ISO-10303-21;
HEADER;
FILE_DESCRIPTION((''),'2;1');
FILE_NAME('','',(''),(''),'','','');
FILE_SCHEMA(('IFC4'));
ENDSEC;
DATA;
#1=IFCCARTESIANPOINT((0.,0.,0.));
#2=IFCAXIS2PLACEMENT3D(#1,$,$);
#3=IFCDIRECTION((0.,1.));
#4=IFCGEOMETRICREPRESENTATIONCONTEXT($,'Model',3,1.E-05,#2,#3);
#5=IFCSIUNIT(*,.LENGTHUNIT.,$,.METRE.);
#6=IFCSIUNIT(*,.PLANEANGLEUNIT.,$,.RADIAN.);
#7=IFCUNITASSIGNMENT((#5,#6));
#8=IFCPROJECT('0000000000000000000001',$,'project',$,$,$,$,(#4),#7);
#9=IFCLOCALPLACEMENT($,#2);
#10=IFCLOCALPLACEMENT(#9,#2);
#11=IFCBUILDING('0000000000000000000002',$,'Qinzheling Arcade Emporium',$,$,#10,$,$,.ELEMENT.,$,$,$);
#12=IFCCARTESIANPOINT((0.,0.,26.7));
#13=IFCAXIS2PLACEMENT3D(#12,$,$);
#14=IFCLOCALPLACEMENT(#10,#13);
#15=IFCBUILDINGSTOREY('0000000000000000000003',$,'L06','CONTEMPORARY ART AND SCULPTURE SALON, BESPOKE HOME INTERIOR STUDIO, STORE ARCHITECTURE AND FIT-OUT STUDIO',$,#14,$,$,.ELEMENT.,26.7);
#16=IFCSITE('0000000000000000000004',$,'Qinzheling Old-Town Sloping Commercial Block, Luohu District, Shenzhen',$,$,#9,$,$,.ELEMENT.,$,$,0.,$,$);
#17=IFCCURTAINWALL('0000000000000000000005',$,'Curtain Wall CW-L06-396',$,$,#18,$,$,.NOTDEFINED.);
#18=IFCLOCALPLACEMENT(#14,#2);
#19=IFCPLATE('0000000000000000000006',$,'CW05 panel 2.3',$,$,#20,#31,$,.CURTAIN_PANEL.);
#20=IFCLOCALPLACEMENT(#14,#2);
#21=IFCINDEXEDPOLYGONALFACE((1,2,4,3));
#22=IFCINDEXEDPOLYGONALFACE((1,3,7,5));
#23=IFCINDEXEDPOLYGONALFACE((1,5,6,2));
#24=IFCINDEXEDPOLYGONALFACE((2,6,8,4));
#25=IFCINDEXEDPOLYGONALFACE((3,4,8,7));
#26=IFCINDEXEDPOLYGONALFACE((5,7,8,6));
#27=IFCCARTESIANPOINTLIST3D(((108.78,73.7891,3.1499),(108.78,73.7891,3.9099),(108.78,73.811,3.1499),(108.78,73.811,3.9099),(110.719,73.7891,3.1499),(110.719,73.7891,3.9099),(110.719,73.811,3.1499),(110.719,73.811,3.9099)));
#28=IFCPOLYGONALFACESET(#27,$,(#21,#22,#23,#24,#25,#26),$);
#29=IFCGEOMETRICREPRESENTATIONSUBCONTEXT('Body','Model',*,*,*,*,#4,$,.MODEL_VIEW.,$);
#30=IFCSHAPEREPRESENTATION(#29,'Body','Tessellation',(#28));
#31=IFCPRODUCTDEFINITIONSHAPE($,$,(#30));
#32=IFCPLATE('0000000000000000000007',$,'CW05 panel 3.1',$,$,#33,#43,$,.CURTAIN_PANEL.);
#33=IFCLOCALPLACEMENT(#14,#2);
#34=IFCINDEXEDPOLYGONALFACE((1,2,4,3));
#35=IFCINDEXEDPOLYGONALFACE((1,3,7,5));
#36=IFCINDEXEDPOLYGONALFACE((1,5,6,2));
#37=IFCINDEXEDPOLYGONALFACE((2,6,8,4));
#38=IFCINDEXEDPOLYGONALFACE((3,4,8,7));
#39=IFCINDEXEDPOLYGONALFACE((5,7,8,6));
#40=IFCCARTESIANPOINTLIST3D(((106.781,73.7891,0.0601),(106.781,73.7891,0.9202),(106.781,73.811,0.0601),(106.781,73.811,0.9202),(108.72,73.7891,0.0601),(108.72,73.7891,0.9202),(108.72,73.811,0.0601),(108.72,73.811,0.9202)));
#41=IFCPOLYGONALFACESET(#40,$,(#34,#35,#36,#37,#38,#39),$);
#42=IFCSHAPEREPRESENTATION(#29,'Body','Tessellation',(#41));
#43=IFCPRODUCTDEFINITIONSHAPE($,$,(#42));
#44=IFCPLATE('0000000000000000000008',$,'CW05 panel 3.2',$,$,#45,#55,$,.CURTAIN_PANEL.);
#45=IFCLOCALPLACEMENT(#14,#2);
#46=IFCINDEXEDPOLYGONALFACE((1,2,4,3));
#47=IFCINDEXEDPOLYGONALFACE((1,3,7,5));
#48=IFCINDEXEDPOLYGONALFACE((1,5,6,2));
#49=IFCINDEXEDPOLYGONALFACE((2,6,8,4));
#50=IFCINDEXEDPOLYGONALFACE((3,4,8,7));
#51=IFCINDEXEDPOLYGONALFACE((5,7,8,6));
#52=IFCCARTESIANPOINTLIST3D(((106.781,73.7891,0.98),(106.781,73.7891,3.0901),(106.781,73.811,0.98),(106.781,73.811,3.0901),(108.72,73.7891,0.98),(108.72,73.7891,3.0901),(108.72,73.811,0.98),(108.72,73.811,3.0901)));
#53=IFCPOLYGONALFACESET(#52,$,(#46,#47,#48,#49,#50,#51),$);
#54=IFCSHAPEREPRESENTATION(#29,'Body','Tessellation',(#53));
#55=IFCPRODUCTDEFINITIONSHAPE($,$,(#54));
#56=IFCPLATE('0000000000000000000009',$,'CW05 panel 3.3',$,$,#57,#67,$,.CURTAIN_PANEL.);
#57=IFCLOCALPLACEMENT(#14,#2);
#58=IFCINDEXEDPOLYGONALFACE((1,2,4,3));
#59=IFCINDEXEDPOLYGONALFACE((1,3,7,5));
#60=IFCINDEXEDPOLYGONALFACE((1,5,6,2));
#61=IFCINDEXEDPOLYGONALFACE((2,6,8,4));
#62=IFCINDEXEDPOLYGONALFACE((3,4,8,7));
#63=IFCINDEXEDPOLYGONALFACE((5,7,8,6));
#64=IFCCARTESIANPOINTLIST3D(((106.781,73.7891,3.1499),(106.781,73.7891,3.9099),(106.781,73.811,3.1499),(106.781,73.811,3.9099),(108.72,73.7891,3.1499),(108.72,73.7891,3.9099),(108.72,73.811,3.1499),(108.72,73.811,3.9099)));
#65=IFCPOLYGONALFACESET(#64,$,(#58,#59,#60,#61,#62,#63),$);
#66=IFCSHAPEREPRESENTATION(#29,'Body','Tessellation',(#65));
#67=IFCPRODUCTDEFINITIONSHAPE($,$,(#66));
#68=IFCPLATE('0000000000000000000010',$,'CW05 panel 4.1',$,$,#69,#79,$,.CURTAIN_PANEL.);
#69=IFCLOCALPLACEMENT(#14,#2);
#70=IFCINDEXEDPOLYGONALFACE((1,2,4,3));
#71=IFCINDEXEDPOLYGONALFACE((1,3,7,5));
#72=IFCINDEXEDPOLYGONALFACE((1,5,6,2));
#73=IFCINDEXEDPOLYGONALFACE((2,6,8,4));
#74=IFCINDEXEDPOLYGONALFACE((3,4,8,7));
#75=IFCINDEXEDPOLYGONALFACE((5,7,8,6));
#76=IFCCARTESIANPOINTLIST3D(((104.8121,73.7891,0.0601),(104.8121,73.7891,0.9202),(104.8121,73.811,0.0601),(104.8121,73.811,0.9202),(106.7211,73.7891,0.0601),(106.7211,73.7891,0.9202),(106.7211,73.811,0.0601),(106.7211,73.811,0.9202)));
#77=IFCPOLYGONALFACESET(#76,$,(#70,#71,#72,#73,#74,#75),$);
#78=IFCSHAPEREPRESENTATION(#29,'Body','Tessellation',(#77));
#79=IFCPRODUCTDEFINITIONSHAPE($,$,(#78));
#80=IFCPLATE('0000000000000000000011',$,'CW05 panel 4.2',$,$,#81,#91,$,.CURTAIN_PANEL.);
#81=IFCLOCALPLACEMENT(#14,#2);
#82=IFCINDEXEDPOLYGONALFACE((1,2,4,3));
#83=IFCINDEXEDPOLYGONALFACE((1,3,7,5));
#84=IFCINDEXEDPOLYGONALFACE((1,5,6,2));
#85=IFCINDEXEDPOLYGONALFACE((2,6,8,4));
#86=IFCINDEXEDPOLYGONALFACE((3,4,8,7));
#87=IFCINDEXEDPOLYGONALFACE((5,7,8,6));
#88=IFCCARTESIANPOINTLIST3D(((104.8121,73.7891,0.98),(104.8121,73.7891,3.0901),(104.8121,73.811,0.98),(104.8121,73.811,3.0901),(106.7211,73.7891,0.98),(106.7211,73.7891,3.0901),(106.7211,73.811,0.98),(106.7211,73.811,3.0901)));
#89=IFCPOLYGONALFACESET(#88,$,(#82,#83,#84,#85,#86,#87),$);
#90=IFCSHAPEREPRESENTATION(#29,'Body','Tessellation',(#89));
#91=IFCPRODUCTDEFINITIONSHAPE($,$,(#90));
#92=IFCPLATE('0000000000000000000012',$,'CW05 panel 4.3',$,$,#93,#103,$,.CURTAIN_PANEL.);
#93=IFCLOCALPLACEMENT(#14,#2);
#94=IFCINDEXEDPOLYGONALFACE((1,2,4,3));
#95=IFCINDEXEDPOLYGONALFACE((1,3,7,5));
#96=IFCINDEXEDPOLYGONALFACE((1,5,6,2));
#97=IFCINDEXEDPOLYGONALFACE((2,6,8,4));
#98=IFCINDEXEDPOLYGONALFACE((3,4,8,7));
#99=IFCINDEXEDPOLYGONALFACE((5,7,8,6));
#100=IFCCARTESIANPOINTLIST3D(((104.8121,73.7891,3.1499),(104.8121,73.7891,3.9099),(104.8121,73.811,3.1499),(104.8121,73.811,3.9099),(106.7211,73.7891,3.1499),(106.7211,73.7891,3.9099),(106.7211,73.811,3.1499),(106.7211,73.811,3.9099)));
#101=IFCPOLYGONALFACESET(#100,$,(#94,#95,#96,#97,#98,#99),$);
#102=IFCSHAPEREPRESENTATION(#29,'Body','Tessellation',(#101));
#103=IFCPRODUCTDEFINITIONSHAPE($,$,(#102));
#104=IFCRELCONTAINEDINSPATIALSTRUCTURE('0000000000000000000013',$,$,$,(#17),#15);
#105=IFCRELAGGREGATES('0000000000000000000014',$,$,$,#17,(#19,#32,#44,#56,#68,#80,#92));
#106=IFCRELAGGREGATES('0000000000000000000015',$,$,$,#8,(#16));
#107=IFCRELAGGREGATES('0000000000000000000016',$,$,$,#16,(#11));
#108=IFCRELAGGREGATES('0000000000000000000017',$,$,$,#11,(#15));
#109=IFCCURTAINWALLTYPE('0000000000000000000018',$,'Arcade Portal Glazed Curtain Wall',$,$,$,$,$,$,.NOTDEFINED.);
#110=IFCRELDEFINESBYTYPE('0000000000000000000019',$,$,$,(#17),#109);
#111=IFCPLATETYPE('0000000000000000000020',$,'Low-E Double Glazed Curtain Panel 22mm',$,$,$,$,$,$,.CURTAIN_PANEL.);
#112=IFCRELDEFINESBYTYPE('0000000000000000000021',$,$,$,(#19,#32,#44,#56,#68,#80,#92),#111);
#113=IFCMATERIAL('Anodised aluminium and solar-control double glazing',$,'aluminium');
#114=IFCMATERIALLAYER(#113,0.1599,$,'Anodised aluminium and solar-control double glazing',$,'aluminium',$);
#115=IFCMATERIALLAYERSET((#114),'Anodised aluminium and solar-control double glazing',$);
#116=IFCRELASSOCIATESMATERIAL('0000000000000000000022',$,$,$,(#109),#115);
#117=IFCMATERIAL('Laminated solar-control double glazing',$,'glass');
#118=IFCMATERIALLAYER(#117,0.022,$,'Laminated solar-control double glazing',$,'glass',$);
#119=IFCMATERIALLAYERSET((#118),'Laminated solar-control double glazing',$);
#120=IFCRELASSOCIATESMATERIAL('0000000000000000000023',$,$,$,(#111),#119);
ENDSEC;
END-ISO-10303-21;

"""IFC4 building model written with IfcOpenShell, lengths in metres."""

from ifc_helpers import new_model, si_unit, direction, frame, origin, origin_2d, place, context, subcontext, project, spatial, rectangle, extrude, material, layer, layer_set, type_object, element, aggregate, save


model = new_model("IFC4")

# Units and contexts
model_context = context("Model", 3, precision=1e-05, world=origin(), true_north=direction((0.0, 1.0)))
body_context = subcontext(model_context, "Body", "Model", "MODEL_VIEW")
ifc_project = project(units=[si_unit("LENGTHUNIT", "METRE"), si_unit("PLANEANGLEUNIT", "RADIAN")], contexts=[model_context])

# Site, building, storey
site_placement = place(None, origin())
site = spatial("IfcSite", under=ifc_project, at=site_placement, Name="Qinzheling Old-Town Sloping Commercial Block, Luohu District, Shenzhen", CompositionType="ELEMENT", RefElevation=0.0)
building_placement = place(site_placement, origin())
building = spatial("IfcBuilding", under=site, at=building_placement, Name="Qinzheling Arcade Emporium", CompositionType="ELEMENT")
storey_placement = place(building_placement, frame((0.0, 0.0, 26.7)))
storey = spatial("IfcBuildingStorey", under=building, at=storey_placement, Name="L06", Description="CONTEMPORARY ART AND SCULPTURE SALON, BESPOKE HOME INTERIOR STUDIO, STORE ARCHITECTURE AND FIT-OUT STUDIO", CompositionType="ELEMENT", Elevation=26.7)

# Curtain wall, plates
ifc_material_1 = material(Name="Anodised aluminium and solar-control double glazing", Category="aluminium")
ifc_layer_1 = layer(ifc_material_1, 0.1599, Name="Anodised aluminium and solar-control double glazing", Category="aluminium")
ifc_layer_set_1 = layer_set([ifc_layer_1], Name="Anodised aluminium and solar-control double glazing")
curtain_wall_type = type_object("IfcCurtainWallType", Name="Arcade Portal Glazed Curtain Wall", PredefinedType="NOTDEFINED", material=ifc_layer_set_1)
curtain_wall_placement = place(storey_placement, origin())
curtain_wall = element("IfcCurtainWall", 1, at=curtain_wall_placement, inside=storey, type_object=curtain_wall_type, Name="Curtain Wall CW-L06-396", PredefinedType="NOTDEFINED")
ifc_material_2 = material(Name="Laminated solar-control double glazing", Category="glass")
ifc_layer_2 = layer(ifc_material_2, 0.022, Name="Laminated solar-control double glazing", Category="glass")
ifc_layer_set_2 = layer_set([ifc_layer_2], Name="Laminated solar-control double glazing")
plate_type = type_object("IfcPlateType", Name="Low-E Double Glazed Curtain Panel 22mm", PredefinedType="CURTAIN_PANEL", material=ifc_layer_set_2)
plate_1_placement = place(storey_placement, frame((109.7495, 73.8, 3.1499), z_axis=(0.0, 0.0, 1.0), x_axis=(-1.0, 0.0, 0.0)))
plate_1 = element("IfcPlate", 2, at=plate_1_placement, type_object=plate_type, Name="CW05 panel 2.3", PredefinedType="CURTAIN_PANEL", context=body_context, shape_type="SweptSolid", body=[
    extrude(rectangle(XDim=1.939, YDim=0.022, at=origin_2d()), origin(), (0.0, 0.0, 1.0), 0.76),
])
plate_2_placement = place(storey_placement, frame((107.7505, 73.8, 0.0601), z_axis=(0.0, 0.0, 1.0), x_axis=(-1.0, 0.0, 0.0)))
plate_2 = element("IfcPlate", 3, at=plate_2_placement, type_object=plate_type, Name="CW05 panel 3.1", PredefinedType="CURTAIN_PANEL", context=body_context, shape_type="SweptSolid", body=[
    extrude(rectangle(XDim=1.939, YDim=0.022, at=origin_2d()), origin(), (0.0, 0.0, 1.0), 0.8601),
])
plate_3_placement = place(storey_placement, frame((107.7505, 73.8, 0.98), z_axis=(0.0, 0.0, 1.0), x_axis=(-1.0, 0.0, 0.0)))
plate_3 = element("IfcPlate", 4, at=plate_3_placement, type_object=plate_type, Name="CW05 panel 3.2", PredefinedType="CURTAIN_PANEL", context=body_context, shape_type="SweptSolid", body=[
    extrude(rectangle(XDim=1.939, YDim=0.022, at=origin_2d()), origin(), (0.0, 0.0, 1.0), 2.1101),
])
plate_4_placement = place(storey_placement, frame((107.7505, 73.8, 3.1499), z_axis=(0.0, 0.0, 1.0), x_axis=(-1.0, 0.0, 0.0)))
plate_4 = element("IfcPlate", 5, at=plate_4_placement, type_object=plate_type, Name="CW05 panel 3.3", PredefinedType="CURTAIN_PANEL", context=body_context, shape_type="SweptSolid", body=[
    extrude(rectangle(XDim=1.939, YDim=0.022, at=origin_2d()), origin(), (0.0, 0.0, 1.0), 0.76),
])
plate_5_placement = place(storey_placement, frame((105.7666, 73.8, 0.0601), z_axis=(0.0, 0.0, 1.0), x_axis=(-1.0, 0.0, 0.0)))
plate_5 = element("IfcPlate", 6, at=plate_5_placement, type_object=plate_type, Name="CW05 panel 4.1", PredefinedType="CURTAIN_PANEL", context=body_context, shape_type="SweptSolid", body=[
    extrude(rectangle(XDim=1.9089, YDim=0.022, at=origin_2d()), origin(), (0.0, 0.0, 1.0), 0.8601),
])
plate_6_placement = place(storey_placement, frame((105.7666, 73.8, 0.98), z_axis=(0.0, 0.0, 1.0), x_axis=(-1.0, 0.0, 0.0)))
plate_6 = element("IfcPlate", 7, at=plate_6_placement, type_object=plate_type, Name="CW05 panel 4.2", PredefinedType="CURTAIN_PANEL", context=body_context, shape_type="SweptSolid", body=[
    extrude(rectangle(XDim=1.9089, YDim=0.022, at=origin_2d()), origin(), (0.0, 0.0, 1.0), 2.1101),
])
plate_7_placement = place(storey_placement, frame((105.7666, 73.8, 3.1499), z_axis=(0.0, 0.0, 1.0), x_axis=(-1.0, 0.0, 0.0)))
plate_7 = element("IfcPlate", 8, at=plate_7_placement, type_object=plate_type, Name="CW05 panel 4.3", PredefinedType="CURTAIN_PANEL", context=body_context, shape_type="SweptSolid", body=[
    extrude(rectangle(XDim=1.9089, YDim=0.022, at=origin_2d()), origin(), (0.0, 0.0, 1.0), 0.76),
])
aggregate(curtain_wall, [plate_1, plate_2, plate_3, plate_4, plate_5, plate_6, plate_7])

save(model, "model.ifc")
